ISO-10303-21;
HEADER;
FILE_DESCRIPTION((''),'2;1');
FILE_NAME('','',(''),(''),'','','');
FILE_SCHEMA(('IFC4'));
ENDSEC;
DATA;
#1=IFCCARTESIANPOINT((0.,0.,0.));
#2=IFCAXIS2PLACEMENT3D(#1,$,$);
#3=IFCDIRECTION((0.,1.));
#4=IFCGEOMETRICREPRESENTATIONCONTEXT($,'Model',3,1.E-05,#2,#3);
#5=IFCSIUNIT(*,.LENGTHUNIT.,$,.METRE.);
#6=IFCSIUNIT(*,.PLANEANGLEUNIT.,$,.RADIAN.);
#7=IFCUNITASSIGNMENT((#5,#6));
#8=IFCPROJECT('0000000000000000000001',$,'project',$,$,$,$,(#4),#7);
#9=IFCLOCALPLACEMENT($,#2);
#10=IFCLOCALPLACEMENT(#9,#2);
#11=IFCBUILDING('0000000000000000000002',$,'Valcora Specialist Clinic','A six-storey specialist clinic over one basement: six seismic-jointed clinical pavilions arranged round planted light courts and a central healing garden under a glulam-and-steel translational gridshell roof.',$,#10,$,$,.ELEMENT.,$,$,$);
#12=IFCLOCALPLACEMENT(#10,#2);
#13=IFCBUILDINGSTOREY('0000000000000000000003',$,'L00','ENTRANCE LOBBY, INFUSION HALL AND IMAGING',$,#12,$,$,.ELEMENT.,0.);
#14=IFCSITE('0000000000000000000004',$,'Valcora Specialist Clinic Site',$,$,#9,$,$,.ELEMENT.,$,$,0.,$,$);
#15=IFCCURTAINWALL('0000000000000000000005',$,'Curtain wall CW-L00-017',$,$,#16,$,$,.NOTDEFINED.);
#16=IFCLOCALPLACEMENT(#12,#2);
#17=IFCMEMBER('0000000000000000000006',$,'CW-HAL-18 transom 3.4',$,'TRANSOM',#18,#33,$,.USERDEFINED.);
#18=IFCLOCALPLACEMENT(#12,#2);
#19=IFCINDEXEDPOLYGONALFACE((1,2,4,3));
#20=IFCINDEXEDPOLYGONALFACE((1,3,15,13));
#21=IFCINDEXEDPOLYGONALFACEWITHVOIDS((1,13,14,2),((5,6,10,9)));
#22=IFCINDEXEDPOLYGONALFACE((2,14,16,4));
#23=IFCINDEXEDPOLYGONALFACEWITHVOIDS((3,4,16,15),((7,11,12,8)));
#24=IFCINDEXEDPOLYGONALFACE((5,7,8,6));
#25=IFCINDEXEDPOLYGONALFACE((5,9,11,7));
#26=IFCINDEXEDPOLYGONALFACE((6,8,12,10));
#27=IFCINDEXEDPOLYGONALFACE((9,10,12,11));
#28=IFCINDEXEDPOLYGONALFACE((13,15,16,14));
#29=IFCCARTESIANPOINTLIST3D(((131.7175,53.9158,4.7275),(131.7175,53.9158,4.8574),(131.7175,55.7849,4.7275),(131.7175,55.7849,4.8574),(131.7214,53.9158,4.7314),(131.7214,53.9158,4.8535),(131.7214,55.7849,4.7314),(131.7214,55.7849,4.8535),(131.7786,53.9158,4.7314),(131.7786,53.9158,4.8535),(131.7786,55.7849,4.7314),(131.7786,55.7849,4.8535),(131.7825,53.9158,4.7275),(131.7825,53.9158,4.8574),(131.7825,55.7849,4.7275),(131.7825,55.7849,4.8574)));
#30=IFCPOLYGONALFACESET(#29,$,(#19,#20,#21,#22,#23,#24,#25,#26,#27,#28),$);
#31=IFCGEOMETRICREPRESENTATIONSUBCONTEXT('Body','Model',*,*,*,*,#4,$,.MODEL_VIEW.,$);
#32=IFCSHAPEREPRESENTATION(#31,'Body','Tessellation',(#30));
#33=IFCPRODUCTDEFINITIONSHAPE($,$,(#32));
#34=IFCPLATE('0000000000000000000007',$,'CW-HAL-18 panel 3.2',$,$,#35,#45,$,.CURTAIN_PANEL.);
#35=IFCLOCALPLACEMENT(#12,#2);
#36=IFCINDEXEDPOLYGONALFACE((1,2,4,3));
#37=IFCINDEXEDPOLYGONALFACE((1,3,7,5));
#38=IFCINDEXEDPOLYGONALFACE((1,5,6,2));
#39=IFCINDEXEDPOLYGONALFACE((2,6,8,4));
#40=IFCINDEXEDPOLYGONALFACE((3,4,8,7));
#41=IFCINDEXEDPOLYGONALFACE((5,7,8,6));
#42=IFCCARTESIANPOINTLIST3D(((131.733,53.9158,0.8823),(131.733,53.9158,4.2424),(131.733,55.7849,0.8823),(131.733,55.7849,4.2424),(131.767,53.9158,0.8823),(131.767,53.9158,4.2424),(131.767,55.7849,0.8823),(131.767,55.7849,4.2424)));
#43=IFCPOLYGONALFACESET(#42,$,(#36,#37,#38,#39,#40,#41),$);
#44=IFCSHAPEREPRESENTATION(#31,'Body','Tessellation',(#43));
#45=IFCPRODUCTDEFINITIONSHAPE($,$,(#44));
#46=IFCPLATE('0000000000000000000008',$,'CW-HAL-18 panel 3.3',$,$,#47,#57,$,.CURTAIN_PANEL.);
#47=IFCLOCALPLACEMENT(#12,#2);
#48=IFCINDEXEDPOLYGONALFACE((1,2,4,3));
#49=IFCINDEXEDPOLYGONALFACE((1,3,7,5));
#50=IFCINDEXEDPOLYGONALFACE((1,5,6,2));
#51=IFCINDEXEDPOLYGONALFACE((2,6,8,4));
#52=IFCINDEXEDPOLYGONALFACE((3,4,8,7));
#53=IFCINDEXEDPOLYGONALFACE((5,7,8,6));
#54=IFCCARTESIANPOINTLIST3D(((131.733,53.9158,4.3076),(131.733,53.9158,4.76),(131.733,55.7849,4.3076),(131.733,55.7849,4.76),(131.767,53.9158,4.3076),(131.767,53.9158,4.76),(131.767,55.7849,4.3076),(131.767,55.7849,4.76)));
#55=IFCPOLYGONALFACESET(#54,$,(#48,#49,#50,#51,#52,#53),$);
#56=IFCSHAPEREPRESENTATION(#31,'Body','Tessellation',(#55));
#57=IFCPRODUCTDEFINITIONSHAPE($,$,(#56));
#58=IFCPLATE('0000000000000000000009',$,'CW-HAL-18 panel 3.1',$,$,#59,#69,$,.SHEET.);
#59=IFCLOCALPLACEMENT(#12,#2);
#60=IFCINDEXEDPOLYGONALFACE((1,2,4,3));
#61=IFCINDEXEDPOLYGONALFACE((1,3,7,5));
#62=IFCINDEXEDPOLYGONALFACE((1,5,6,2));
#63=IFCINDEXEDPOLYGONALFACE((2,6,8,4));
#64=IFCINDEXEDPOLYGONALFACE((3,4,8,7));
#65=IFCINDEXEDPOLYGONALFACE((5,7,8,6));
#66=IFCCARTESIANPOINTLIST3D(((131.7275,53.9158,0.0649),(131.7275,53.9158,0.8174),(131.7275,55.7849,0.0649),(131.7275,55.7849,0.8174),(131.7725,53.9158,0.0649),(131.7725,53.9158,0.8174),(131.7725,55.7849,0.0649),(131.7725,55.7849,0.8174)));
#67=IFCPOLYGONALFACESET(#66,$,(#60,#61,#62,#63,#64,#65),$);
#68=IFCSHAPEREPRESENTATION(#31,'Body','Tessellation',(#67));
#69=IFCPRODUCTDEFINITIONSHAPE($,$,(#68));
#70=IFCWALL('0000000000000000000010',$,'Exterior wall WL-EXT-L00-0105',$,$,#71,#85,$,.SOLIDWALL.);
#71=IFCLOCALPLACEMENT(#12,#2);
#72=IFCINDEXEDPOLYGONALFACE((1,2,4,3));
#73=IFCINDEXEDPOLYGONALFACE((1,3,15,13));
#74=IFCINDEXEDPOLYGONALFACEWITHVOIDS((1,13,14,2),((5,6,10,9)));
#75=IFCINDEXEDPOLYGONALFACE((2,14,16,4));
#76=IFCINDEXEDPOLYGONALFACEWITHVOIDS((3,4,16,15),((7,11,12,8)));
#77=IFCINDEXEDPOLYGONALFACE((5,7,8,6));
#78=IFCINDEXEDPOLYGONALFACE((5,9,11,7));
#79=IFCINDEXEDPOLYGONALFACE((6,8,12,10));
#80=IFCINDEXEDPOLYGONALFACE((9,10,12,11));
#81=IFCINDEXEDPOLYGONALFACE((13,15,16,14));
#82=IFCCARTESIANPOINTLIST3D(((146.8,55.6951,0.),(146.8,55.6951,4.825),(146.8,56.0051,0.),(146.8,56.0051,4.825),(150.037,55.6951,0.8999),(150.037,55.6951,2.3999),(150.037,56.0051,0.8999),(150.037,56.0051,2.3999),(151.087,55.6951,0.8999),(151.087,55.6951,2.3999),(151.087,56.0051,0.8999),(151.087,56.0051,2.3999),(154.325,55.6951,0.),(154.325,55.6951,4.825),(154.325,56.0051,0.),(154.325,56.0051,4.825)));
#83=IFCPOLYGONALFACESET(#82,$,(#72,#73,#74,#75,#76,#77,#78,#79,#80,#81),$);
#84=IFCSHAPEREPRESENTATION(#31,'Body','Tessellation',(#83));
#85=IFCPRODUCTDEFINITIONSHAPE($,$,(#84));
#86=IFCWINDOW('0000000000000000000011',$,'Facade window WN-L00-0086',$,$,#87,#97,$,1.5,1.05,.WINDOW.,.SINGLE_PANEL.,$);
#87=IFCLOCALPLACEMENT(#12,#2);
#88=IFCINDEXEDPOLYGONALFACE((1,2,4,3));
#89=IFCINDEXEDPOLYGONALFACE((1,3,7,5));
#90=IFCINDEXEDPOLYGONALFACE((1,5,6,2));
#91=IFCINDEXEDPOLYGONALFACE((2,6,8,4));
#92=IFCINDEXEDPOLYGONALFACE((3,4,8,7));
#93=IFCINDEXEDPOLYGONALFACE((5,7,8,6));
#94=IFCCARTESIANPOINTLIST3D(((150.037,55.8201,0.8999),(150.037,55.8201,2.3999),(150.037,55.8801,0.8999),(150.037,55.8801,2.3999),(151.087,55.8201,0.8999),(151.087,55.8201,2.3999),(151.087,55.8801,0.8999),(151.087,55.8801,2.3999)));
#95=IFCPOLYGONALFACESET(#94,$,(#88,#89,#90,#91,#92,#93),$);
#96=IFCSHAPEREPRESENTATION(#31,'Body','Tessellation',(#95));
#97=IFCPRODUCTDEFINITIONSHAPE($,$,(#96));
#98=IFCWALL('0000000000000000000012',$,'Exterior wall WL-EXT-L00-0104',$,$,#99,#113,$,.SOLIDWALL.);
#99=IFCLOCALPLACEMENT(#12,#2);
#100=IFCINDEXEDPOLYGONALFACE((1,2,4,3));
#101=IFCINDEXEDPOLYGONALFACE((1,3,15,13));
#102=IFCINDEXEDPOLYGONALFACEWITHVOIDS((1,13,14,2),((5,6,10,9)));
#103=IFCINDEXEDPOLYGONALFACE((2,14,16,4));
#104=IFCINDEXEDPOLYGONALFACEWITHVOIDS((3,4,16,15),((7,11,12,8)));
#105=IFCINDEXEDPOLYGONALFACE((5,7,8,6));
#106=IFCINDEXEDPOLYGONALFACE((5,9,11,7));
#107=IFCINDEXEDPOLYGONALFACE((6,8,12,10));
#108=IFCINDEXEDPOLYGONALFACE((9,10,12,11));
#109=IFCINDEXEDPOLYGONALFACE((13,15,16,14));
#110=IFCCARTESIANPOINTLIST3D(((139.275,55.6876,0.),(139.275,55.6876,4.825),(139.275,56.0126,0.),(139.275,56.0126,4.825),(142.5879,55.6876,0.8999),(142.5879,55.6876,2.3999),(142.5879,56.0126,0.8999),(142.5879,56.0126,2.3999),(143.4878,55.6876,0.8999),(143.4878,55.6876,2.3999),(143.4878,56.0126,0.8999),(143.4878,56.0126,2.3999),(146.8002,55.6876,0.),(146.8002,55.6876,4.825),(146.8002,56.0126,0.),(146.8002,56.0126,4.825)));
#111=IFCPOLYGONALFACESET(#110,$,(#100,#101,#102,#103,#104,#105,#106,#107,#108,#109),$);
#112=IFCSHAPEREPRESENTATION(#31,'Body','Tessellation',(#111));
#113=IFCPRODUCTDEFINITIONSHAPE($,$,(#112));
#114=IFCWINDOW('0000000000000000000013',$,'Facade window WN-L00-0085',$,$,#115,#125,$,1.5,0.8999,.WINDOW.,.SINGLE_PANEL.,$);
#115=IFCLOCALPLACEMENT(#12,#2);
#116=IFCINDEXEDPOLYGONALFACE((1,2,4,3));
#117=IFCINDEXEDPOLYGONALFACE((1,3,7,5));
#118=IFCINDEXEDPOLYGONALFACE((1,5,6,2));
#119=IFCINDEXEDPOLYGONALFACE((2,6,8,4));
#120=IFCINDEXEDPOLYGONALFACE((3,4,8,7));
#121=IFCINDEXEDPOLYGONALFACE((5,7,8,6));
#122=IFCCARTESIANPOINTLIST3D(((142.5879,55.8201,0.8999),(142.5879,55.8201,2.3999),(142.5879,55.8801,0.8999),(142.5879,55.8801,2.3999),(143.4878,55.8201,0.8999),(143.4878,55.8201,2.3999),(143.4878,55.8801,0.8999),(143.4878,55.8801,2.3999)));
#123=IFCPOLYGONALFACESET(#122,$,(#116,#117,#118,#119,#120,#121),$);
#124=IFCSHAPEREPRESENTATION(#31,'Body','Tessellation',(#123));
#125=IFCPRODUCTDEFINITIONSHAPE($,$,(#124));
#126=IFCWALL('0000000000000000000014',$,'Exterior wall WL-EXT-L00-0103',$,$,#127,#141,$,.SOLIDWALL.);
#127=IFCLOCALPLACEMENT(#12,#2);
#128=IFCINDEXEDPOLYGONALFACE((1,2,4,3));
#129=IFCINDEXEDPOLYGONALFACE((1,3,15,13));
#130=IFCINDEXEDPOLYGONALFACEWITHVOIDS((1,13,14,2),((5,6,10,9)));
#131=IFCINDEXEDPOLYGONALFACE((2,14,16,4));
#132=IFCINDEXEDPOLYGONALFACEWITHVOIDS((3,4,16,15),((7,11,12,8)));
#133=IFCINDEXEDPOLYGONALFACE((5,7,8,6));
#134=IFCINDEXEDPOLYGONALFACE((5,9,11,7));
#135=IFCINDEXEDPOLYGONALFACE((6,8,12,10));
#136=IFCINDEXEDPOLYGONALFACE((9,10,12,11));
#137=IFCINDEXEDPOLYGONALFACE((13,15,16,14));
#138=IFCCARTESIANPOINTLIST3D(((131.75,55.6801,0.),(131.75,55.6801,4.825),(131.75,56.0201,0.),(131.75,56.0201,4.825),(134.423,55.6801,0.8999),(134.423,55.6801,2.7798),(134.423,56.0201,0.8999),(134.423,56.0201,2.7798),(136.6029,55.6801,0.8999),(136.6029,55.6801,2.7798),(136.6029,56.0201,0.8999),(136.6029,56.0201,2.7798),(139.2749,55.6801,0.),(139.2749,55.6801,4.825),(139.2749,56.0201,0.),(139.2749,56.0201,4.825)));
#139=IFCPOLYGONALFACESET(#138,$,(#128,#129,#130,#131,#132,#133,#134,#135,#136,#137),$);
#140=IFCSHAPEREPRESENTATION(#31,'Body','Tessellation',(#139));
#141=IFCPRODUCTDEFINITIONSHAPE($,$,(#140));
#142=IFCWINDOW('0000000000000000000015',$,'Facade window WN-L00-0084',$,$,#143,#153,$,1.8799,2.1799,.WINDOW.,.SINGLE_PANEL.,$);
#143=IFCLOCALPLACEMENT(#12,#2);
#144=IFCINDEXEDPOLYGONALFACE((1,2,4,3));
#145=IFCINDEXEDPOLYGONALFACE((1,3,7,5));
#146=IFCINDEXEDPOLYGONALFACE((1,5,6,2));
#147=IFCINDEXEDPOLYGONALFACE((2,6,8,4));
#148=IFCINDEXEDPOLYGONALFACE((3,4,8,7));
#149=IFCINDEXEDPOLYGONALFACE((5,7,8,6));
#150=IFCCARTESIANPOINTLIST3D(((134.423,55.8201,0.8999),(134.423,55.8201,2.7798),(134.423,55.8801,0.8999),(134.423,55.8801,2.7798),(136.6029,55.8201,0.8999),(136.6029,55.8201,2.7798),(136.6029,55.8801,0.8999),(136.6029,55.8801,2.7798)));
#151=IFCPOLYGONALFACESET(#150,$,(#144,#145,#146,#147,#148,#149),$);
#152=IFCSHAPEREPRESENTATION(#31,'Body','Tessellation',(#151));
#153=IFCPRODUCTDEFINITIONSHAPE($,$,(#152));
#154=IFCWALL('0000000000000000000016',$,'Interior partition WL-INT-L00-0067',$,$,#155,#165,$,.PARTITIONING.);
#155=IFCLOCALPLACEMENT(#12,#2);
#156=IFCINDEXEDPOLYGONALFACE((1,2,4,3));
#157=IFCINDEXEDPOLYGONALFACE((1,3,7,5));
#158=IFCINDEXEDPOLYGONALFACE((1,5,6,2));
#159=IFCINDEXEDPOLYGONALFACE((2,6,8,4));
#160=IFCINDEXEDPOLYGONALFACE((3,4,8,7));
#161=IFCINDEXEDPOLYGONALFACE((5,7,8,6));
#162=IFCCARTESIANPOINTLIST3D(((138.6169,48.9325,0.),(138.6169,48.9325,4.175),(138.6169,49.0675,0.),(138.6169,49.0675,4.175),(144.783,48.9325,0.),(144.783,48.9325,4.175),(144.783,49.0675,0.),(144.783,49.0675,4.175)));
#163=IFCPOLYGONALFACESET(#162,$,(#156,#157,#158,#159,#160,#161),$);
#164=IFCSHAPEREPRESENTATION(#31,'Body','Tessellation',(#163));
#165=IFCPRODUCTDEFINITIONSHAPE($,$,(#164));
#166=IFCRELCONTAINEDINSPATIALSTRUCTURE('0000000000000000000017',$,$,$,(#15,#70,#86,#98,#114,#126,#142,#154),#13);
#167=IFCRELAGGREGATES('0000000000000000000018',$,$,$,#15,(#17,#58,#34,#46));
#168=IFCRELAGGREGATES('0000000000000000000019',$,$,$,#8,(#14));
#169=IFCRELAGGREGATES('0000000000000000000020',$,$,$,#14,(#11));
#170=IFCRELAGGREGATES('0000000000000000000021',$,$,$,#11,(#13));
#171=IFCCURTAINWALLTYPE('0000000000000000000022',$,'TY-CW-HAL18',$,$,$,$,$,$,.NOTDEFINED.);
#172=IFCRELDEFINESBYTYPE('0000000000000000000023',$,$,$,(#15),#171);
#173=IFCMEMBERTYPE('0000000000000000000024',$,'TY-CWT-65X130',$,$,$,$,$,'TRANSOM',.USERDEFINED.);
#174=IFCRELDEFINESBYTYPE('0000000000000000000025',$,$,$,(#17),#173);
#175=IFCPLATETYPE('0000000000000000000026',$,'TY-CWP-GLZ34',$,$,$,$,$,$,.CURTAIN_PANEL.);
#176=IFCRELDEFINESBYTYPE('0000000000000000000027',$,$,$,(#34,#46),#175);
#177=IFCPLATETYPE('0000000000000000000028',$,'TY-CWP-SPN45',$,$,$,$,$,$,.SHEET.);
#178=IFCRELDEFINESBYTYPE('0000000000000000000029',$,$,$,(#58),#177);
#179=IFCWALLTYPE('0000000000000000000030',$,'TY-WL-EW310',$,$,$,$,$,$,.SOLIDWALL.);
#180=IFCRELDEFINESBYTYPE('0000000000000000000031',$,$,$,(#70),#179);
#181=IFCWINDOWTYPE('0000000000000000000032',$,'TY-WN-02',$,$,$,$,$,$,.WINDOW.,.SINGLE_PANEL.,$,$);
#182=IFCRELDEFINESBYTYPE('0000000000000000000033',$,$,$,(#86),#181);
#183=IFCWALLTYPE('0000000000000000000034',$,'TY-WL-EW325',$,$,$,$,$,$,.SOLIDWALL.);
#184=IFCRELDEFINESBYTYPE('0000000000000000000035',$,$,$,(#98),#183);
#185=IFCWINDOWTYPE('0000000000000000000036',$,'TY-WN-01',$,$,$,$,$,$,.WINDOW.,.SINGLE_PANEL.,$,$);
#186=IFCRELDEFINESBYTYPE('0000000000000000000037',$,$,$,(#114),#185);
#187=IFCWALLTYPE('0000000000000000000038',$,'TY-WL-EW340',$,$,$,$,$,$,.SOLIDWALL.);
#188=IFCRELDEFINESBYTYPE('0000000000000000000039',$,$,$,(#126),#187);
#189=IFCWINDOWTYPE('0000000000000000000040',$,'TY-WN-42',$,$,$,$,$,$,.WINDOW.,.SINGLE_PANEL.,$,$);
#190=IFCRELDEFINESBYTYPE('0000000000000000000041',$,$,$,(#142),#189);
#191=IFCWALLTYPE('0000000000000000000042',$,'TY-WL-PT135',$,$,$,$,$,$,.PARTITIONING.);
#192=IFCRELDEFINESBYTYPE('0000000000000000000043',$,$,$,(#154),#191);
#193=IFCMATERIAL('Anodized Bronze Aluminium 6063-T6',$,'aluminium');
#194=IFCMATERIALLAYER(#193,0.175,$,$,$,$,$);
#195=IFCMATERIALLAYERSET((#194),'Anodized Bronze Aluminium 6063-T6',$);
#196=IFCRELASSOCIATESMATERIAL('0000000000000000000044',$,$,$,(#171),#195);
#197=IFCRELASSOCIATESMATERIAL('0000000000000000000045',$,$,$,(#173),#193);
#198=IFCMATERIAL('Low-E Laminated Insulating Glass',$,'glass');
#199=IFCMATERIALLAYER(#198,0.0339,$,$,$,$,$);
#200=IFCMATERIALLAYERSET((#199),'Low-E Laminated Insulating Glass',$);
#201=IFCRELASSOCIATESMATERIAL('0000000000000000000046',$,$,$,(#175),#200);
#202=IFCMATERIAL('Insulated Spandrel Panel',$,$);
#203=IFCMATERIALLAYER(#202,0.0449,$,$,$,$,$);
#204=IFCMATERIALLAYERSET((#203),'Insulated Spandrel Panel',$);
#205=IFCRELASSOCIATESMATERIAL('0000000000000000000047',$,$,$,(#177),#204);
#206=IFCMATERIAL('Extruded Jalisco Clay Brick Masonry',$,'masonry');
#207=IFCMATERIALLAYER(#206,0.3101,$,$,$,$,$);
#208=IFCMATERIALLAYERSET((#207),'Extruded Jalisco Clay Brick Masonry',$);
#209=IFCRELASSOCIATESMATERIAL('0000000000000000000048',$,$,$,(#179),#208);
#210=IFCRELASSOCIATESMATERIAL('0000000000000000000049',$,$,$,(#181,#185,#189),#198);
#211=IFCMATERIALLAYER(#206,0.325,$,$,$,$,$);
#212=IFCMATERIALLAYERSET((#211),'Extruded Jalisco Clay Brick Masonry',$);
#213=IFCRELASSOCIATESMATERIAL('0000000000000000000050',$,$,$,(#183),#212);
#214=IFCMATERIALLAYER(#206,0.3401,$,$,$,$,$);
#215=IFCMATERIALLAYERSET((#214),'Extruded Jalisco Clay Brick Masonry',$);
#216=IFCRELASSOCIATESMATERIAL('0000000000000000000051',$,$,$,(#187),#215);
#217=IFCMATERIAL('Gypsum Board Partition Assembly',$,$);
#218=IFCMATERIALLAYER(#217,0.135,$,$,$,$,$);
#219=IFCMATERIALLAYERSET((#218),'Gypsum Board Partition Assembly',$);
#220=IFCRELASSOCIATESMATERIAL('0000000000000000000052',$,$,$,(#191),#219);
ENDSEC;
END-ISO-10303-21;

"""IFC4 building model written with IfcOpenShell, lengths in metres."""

from ifc_helpers import new_model, si_unit, direction, frame, frame_2d, origin, origin_2d, place, context, subcontext, project, spatial, rectangle, hollow_rectangle, extrude, material, layer, layer_set, material_profile, profile_set, type_object, element, fill, aggregate, save


model = new_model("IFC4")

# Units and contexts
model_context = context("Model", 3, precision=1e-05, world=origin(), true_north=direction((0.0, 1.0)))
body_context = subcontext(model_context, "Body", "Model", "MODEL_VIEW")
ifc_project = project(units=[si_unit("LENGTHUNIT", "METRE"), si_unit("PLANEANGLEUNIT", "RADIAN")], contexts=[model_context])

# Site, building, storey
site_placement = place(None, origin())
site = spatial("IfcSite", under=ifc_project, at=site_placement, Name="Valcora Specialist Clinic Site", CompositionType="ELEMENT", RefElevation=0.0)
building_placement = place(site_placement, origin())
building = spatial("IfcBuilding", under=site, at=building_placement, Name="Valcora Specialist Clinic", Description="A six-storey specialist clinic over one basement: six seismic-jointed clinical pavilions arranged round planted light courts and a central healing garden under a glulam-and-steel translational gridshell roof.", CompositionType="ELEMENT")
storey_placement = place(building_placement, origin())
storey = spatial("IfcBuildingStorey", under=building, at=storey_placement, Name="L00", Description="ENTRANCE LOBBY, INFUSION HALL AND IMAGING", CompositionType="ELEMENT", Elevation=0.0)

# Curtain wall, member, plates
ifc_material_1 = material(Name="Anodized Bronze Aluminium 6063-T6", Category="aluminium")
ifc_layer_1 = layer(ifc_material_1, 0.175)
ifc_layer_set_1 = layer_set([ifc_layer_1], Name="Anodized Bronze Aluminium 6063-T6")
curtain_wall_type = type_object("IfcCurtainWallType", Name="TY-CW-HAL18", PredefinedType="NOTDEFINED", material=ifc_layer_set_1)
curtain_wall_placement = place(storey_placement, origin())
curtain_wall = element("IfcCurtainWall", 1, at=curtain_wall_placement, inside=storey, type_object=curtain_wall_type, Name="Curtain wall CW-L00-017", PredefinedType="NOTDEFINED")
ifc_material_profile_1 = material_profile(ifc_material_1, hollow_rectangle(XDim=0.0649, YDim=0.1299, WallThickness=0.0039, at=origin_2d()), Name="AL-TRN-65X130")
ifc_profile_set_1 = profile_set([ifc_material_profile_1], Name="Anodized Bronze Aluminium 6063-T6")
member_type_1 = type_object("IfcMemberType", Name="TY-CWT-65X130", ElementType="TRANSOM", PredefinedType="USERDEFINED", material=ifc_profile_set_1)
member_1_placement = place(storey_placement, frame((131.75, 53.9158, 4.7925), z_axis=(0.0, 1.0, 0.0), x_axis=(-1.0, 0.0, 0.0)))
member_1 = element("IfcMember", 2, at=member_1_placement, type_object=member_type_1, Name="CW-HAL-18 transom 3.4", ObjectType="TRANSOM", PredefinedType="USERDEFINED", context=body_context, shape_type="SweptSolid", body=[
    extrude(hollow_rectangle(XDim=0.0649, YDim=0.1299, WallThickness=0.0039, at=origin_2d()), origin(), (0.0, 0.0, 1.0), 1.8691),
])
ifc_material_2 = material(Name="Low-E Laminated Insulating Glass", Category="glass")
ifc_layer_2 = layer(ifc_material_2, 0.0339)
ifc_layer_set_2 = layer_set([ifc_layer_2], Name="Low-E Laminated Insulating Glass")
plate_type_1 = type_object("IfcPlateType", Name="TY-CWP-GLZ34", PredefinedType="CURTAIN_PANEL", material=ifc_layer_set_2)
plate_1_placement = place(storey_placement, frame((131.75, 54.8503, 0.8823), z_axis=(0.0, 0.0, 1.0), x_axis=(0.0, 1.0, 0.0)))
plate_1 = element("IfcPlate", 3, at=plate_1_placement, type_object=plate_type_1, Name="CW-HAL-18 panel 3.2", PredefinedType="CURTAIN_PANEL", context=body_context, shape_type="SweptSolid", body=[
    extrude(rectangle(XDim=1.8691, YDim=0.0339, at=origin_2d()), origin(), (0.0, 0.0, 1.0), 3.3601),
])
plate_2_placement = place(storey_placement, frame((131.75, 54.8503, 4.3076), z_axis=(0.0, 0.0, 1.0), x_axis=(0.0, 1.0, 0.0)))
plate_2 = element("IfcPlate", 4, at=plate_2_placement, type_object=plate_type_1, Name="CW-HAL-18 panel 3.3", PredefinedType="CURTAIN_PANEL", context=body_context, shape_type="SweptSolid", body=[
    extrude(rectangle(XDim=1.8691, YDim=0.0339, at=origin_2d()), origin(), (0.0, 0.0, 1.0), 0.4524),
])
ifc_material_3 = material(Name="Insulated Spandrel Panel")
ifc_layer_3 = layer(ifc_material_3, 0.0449)
ifc_layer_set_3 = layer_set([ifc_layer_3], Name="Insulated Spandrel Panel")
plate_type_2 = type_object("IfcPlateType", Name="TY-CWP-SPN45", PredefinedType="SHEET", material=ifc_layer_set_3)
plate_3_placement = place(storey_placement, frame((131.75, 54.8503, 0.0649), z_axis=(0.0, 0.0, 1.0), x_axis=(0.0, 1.0, 0.0)))
plate_3 = element("IfcPlate", 5, at=plate_3_placement, type_object=plate_type_2, Name="CW-HAL-18 panel 3.1", PredefinedType="SHEET", context=body_context, shape_type="SweptSolid", body=[
    extrude(rectangle(XDim=1.8691, YDim=0.0449, at=origin_2d()), origin(), (0.0, 0.0, 1.0), 0.7524),
])
aggregate(curtain_wall, [member_1, plate_3, plate_1, plate_2])

# Walls, openings, windows
ifc_material_4 = material(Name="Extruded Jalisco Clay Brick Masonry", Category="masonry")
ifc_layer_4 = layer(ifc_material_4, 0.3101)
ifc_layer_set_4 = layer_set([ifc_layer_4], Name="Extruded Jalisco Clay Brick Masonry")
wall_type_1 = type_object("IfcWallType", Name="TY-WL-EW310", PredefinedType="SOLIDWALL", material=ifc_layer_set_4)
wall_1_placement = place(storey_placement, frame((146.8, 55.8501, 0.0), z_axis=(0.0, 0.0, 1.0), x_axis=(1.0, 0.0, 0.0)))
wall_1 = element("IfcWall", 6, at=wall_1_placement, inside=storey, type_object=wall_type_1, Name="Exterior wall WL-EXT-L00-0105", PredefinedType="SOLIDWALL", context=body_context, shape_type="SweptSolid", body=[
    extrude(rectangle(XDim=7.5249, YDim=0.3101, at=frame_2d((3.7625, 0.0))), origin(), (0.0, 0.0, 1.0), 4.825),
])
opening_1_placement = place(wall_1_placement, frame((3.2371, 0.0, 0.8999)))
opening_1 = element("IfcOpeningElement", 7, at=opening_1_placement, cuts=wall_1, PredefinedType="OPENING", context=body_context, shape_type="SweptSolid", body=[
    extrude(rectangle(XDim=1.05, YDim=1.5, at=frame_2d((0.5249, 0.75))), frame((0.0, 0.165, 0.0), z_axis=(0.0, -1.0, 0.0), x_axis=(1.0, 0.0, 0.0)), (0.0, 0.0, 1.0), 0.3301),
])
window_type_1 = type_object("IfcWindowType", Name="TY-WN-02", PartitioningType="SINGLE_PANEL", PredefinedType="WINDOW", material=ifc_material_2)
window_1_placement = place(opening_1_placement, origin())
window_1 = element("IfcWindow", 8, at=window_1_placement, inside=storey, type_object=window_type_1, Name="Facade window WN-L00-0086", OverallHeight=1.5, OverallWidth=1.05, PartitioningType="SINGLE_PANEL", PredefinedType="WINDOW", context=body_context, shape_type="SweptSolid", body=[
    extrude(rectangle(XDim=1.05, YDim=1.5, at=frame_2d((0.5249, 0.75))), frame((0.0, 0.03, 0.0), z_axis=(0.0, -1.0, 0.0), x_axis=(1.0, 0.0, 0.0)), (0.0, 0.0, 1.0), 0.0601),
])
fill(opening_1, window_1)
ifc_layer_5 = layer(ifc_material_4, 0.325)
ifc_layer_set_5 = layer_set([ifc_layer_5], Name="Extruded Jalisco Clay Brick Masonry")
wall_type_2 = type_object("IfcWallType", Name="TY-WL-EW325", PredefinedType="SOLIDWALL", material=ifc_layer_set_5)
wall_2_placement = place(storey_placement, frame((139.2749, 55.8501, 0.0), z_axis=(0.0, 0.0, 1.0), x_axis=(1.0, 0.0, 0.0)))
wall_2 = element("IfcWall", 9, at=wall_2_placement, inside=storey, type_object=wall_type_2, Name="Exterior wall WL-EXT-L00-0104", PredefinedType="SOLIDWALL", context=body_context, shape_type="SweptSolid", body=[
    extrude(rectangle(XDim=7.5251, YDim=0.325, at=frame_2d((3.7627, 0.0))), origin(), (0.0, 0.0, 1.0), 4.825),
])
opening_2_placement = place(wall_2_placement, frame((3.313, 0.0, 0.8999)))
opening_2 = element("IfcOpeningElement", 10, at=opening_2_placement, cuts=wall_2, PredefinedType="OPENING", context=body_context, shape_type="SweptSolid", body=[
    extrude(rectangle(XDim=0.8999, YDim=1.5, at=frame_2d((0.45, 0.75))), frame((0.0, 0.1724, 0.0), z_axis=(0.0, -1.0, 0.0), x_axis=(1.0, 0.0, 0.0)), (0.0, 0.0, 1.0), 0.345),
])
window_type_2 = type_object("IfcWindowType", Name="TY-WN-01", PartitioningType="SINGLE_PANEL", PredefinedType="WINDOW", material=ifc_material_2)
window_2_placement = place(opening_2_placement, origin())
window_2 = element("IfcWindow", 11, at=window_2_placement, inside=storey, type_object=window_type_2, Name="Facade window WN-L00-0085", OverallHeight=1.5, OverallWidth=0.8999, PartitioningType="SINGLE_PANEL", PredefinedType="WINDOW", context=body_context, shape_type="SweptSolid", body=[
    extrude(rectangle(XDim=0.8999, YDim=1.5, at=frame_2d((0.45, 0.75))), frame((0.0, 0.03, 0.0), z_axis=(0.0, -1.0, 0.0), x_axis=(1.0, 0.0, 0.0)), (0.0, 0.0, 1.0), 0.0601),
])
fill(opening_2, window_2)
ifc_layer_6 = layer(ifc_material_4, 0.3401)
ifc_layer_set_6 = layer_set([ifc_layer_6], Name="Extruded Jalisco Clay Brick Masonry")
wall_type_3 = type_object("IfcWallType", Name="TY-WL-EW340", PredefinedType="SOLIDWALL", material=ifc_layer_set_6)
wall_3_placement = place(storey_placement, frame((131.75, 55.8501, 0.0), z_axis=(0.0, 0.0, 1.0), x_axis=(1.0, 0.0, 0.0)))
wall_3 = element("IfcWall", 12, at=wall_3_placement, inside=storey, type_object=wall_type_3, Name="Exterior wall WL-EXT-L00-0103", PredefinedType="SOLIDWALL", context=body_context, shape_type="SweptSolid", body=[
    extrude(rectangle(XDim=7.5249, YDim=0.3401, at=frame_2d((3.7625, 0.0))), origin(), (0.0, 0.0, 1.0), 4.825),
])
opening_3_placement = place(wall_3_placement, frame((2.6731, 0.0, 0.8999)))
opening_3 = element("IfcOpeningElement", 13, at=opening_3_placement, cuts=wall_3, PredefinedType="OPENING", context=body_context, shape_type="SweptSolid", body=[
    extrude(rectangle(XDim=2.1799, YDim=1.8799, at=frame_2d((1.0898, 0.9399))), frame((0.0, 0.1799, 0.0), z_axis=(0.0, -1.0, 0.0), x_axis=(1.0, 0.0, 0.0)), (0.0, 0.0, 1.0), 0.3601),
])
window_type_3 = type_object("IfcWindowType", Name="TY-WN-42", PartitioningType="SINGLE_PANEL", PredefinedType="WINDOW", material=ifc_material_2)
window_3_placement = place(opening_3_placement, origin())
window_3 = element("IfcWindow", 14, at=window_3_placement, inside=storey, type_object=window_type_3, Name="Facade window WN-L00-0084", OverallHeight=1.8799, OverallWidth=2.1799, PartitioningType="SINGLE_PANEL", PredefinedType="WINDOW", context=body_context, shape_type="SweptSolid", body=[
    extrude(rectangle(XDim=2.1799, YDim=1.8799, at=frame_2d((1.0898, 0.9399))), frame((0.0, 0.03, 0.0), z_axis=(0.0, -1.0, 0.0), x_axis=(1.0, 0.0, 0.0)), (0.0, 0.0, 1.0), 0.0601),
])
fill(opening_3, window_3)

# Wall
ifc_material_5 = material(Name="Gypsum Board Partition Assembly")
ifc_layer_7 = layer(ifc_material_5, 0.135)
ifc_layer_set_7 = layer_set([ifc_layer_7], Name="Gypsum Board Partition Assembly")
wall_type_4 = type_object("IfcWallType", Name="TY-WL-PT135", PredefinedType="PARTITIONING", material=ifc_layer_set_7)
wall_4_placement = place(storey_placement, frame((144.783, 49.0, 0.0), z_axis=(0.0, 0.0, 1.0), x_axis=(-1.0, 0.0, 0.0)))
element("IfcWall", 15, at=wall_4_placement, inside=storey, type_object=wall_type_4, Name="Interior partition WL-INT-L00-0067", PredefinedType="PARTITIONING", context=body_context, shape_type="SweptSolid", body=[
    extrude(rectangle(XDim=6.166, YDim=0.135, at=frame_2d((3.083, 0.0))), origin(), (0.0, 0.0, 1.0), 4.175),
])

save(model, "model.ifc")
